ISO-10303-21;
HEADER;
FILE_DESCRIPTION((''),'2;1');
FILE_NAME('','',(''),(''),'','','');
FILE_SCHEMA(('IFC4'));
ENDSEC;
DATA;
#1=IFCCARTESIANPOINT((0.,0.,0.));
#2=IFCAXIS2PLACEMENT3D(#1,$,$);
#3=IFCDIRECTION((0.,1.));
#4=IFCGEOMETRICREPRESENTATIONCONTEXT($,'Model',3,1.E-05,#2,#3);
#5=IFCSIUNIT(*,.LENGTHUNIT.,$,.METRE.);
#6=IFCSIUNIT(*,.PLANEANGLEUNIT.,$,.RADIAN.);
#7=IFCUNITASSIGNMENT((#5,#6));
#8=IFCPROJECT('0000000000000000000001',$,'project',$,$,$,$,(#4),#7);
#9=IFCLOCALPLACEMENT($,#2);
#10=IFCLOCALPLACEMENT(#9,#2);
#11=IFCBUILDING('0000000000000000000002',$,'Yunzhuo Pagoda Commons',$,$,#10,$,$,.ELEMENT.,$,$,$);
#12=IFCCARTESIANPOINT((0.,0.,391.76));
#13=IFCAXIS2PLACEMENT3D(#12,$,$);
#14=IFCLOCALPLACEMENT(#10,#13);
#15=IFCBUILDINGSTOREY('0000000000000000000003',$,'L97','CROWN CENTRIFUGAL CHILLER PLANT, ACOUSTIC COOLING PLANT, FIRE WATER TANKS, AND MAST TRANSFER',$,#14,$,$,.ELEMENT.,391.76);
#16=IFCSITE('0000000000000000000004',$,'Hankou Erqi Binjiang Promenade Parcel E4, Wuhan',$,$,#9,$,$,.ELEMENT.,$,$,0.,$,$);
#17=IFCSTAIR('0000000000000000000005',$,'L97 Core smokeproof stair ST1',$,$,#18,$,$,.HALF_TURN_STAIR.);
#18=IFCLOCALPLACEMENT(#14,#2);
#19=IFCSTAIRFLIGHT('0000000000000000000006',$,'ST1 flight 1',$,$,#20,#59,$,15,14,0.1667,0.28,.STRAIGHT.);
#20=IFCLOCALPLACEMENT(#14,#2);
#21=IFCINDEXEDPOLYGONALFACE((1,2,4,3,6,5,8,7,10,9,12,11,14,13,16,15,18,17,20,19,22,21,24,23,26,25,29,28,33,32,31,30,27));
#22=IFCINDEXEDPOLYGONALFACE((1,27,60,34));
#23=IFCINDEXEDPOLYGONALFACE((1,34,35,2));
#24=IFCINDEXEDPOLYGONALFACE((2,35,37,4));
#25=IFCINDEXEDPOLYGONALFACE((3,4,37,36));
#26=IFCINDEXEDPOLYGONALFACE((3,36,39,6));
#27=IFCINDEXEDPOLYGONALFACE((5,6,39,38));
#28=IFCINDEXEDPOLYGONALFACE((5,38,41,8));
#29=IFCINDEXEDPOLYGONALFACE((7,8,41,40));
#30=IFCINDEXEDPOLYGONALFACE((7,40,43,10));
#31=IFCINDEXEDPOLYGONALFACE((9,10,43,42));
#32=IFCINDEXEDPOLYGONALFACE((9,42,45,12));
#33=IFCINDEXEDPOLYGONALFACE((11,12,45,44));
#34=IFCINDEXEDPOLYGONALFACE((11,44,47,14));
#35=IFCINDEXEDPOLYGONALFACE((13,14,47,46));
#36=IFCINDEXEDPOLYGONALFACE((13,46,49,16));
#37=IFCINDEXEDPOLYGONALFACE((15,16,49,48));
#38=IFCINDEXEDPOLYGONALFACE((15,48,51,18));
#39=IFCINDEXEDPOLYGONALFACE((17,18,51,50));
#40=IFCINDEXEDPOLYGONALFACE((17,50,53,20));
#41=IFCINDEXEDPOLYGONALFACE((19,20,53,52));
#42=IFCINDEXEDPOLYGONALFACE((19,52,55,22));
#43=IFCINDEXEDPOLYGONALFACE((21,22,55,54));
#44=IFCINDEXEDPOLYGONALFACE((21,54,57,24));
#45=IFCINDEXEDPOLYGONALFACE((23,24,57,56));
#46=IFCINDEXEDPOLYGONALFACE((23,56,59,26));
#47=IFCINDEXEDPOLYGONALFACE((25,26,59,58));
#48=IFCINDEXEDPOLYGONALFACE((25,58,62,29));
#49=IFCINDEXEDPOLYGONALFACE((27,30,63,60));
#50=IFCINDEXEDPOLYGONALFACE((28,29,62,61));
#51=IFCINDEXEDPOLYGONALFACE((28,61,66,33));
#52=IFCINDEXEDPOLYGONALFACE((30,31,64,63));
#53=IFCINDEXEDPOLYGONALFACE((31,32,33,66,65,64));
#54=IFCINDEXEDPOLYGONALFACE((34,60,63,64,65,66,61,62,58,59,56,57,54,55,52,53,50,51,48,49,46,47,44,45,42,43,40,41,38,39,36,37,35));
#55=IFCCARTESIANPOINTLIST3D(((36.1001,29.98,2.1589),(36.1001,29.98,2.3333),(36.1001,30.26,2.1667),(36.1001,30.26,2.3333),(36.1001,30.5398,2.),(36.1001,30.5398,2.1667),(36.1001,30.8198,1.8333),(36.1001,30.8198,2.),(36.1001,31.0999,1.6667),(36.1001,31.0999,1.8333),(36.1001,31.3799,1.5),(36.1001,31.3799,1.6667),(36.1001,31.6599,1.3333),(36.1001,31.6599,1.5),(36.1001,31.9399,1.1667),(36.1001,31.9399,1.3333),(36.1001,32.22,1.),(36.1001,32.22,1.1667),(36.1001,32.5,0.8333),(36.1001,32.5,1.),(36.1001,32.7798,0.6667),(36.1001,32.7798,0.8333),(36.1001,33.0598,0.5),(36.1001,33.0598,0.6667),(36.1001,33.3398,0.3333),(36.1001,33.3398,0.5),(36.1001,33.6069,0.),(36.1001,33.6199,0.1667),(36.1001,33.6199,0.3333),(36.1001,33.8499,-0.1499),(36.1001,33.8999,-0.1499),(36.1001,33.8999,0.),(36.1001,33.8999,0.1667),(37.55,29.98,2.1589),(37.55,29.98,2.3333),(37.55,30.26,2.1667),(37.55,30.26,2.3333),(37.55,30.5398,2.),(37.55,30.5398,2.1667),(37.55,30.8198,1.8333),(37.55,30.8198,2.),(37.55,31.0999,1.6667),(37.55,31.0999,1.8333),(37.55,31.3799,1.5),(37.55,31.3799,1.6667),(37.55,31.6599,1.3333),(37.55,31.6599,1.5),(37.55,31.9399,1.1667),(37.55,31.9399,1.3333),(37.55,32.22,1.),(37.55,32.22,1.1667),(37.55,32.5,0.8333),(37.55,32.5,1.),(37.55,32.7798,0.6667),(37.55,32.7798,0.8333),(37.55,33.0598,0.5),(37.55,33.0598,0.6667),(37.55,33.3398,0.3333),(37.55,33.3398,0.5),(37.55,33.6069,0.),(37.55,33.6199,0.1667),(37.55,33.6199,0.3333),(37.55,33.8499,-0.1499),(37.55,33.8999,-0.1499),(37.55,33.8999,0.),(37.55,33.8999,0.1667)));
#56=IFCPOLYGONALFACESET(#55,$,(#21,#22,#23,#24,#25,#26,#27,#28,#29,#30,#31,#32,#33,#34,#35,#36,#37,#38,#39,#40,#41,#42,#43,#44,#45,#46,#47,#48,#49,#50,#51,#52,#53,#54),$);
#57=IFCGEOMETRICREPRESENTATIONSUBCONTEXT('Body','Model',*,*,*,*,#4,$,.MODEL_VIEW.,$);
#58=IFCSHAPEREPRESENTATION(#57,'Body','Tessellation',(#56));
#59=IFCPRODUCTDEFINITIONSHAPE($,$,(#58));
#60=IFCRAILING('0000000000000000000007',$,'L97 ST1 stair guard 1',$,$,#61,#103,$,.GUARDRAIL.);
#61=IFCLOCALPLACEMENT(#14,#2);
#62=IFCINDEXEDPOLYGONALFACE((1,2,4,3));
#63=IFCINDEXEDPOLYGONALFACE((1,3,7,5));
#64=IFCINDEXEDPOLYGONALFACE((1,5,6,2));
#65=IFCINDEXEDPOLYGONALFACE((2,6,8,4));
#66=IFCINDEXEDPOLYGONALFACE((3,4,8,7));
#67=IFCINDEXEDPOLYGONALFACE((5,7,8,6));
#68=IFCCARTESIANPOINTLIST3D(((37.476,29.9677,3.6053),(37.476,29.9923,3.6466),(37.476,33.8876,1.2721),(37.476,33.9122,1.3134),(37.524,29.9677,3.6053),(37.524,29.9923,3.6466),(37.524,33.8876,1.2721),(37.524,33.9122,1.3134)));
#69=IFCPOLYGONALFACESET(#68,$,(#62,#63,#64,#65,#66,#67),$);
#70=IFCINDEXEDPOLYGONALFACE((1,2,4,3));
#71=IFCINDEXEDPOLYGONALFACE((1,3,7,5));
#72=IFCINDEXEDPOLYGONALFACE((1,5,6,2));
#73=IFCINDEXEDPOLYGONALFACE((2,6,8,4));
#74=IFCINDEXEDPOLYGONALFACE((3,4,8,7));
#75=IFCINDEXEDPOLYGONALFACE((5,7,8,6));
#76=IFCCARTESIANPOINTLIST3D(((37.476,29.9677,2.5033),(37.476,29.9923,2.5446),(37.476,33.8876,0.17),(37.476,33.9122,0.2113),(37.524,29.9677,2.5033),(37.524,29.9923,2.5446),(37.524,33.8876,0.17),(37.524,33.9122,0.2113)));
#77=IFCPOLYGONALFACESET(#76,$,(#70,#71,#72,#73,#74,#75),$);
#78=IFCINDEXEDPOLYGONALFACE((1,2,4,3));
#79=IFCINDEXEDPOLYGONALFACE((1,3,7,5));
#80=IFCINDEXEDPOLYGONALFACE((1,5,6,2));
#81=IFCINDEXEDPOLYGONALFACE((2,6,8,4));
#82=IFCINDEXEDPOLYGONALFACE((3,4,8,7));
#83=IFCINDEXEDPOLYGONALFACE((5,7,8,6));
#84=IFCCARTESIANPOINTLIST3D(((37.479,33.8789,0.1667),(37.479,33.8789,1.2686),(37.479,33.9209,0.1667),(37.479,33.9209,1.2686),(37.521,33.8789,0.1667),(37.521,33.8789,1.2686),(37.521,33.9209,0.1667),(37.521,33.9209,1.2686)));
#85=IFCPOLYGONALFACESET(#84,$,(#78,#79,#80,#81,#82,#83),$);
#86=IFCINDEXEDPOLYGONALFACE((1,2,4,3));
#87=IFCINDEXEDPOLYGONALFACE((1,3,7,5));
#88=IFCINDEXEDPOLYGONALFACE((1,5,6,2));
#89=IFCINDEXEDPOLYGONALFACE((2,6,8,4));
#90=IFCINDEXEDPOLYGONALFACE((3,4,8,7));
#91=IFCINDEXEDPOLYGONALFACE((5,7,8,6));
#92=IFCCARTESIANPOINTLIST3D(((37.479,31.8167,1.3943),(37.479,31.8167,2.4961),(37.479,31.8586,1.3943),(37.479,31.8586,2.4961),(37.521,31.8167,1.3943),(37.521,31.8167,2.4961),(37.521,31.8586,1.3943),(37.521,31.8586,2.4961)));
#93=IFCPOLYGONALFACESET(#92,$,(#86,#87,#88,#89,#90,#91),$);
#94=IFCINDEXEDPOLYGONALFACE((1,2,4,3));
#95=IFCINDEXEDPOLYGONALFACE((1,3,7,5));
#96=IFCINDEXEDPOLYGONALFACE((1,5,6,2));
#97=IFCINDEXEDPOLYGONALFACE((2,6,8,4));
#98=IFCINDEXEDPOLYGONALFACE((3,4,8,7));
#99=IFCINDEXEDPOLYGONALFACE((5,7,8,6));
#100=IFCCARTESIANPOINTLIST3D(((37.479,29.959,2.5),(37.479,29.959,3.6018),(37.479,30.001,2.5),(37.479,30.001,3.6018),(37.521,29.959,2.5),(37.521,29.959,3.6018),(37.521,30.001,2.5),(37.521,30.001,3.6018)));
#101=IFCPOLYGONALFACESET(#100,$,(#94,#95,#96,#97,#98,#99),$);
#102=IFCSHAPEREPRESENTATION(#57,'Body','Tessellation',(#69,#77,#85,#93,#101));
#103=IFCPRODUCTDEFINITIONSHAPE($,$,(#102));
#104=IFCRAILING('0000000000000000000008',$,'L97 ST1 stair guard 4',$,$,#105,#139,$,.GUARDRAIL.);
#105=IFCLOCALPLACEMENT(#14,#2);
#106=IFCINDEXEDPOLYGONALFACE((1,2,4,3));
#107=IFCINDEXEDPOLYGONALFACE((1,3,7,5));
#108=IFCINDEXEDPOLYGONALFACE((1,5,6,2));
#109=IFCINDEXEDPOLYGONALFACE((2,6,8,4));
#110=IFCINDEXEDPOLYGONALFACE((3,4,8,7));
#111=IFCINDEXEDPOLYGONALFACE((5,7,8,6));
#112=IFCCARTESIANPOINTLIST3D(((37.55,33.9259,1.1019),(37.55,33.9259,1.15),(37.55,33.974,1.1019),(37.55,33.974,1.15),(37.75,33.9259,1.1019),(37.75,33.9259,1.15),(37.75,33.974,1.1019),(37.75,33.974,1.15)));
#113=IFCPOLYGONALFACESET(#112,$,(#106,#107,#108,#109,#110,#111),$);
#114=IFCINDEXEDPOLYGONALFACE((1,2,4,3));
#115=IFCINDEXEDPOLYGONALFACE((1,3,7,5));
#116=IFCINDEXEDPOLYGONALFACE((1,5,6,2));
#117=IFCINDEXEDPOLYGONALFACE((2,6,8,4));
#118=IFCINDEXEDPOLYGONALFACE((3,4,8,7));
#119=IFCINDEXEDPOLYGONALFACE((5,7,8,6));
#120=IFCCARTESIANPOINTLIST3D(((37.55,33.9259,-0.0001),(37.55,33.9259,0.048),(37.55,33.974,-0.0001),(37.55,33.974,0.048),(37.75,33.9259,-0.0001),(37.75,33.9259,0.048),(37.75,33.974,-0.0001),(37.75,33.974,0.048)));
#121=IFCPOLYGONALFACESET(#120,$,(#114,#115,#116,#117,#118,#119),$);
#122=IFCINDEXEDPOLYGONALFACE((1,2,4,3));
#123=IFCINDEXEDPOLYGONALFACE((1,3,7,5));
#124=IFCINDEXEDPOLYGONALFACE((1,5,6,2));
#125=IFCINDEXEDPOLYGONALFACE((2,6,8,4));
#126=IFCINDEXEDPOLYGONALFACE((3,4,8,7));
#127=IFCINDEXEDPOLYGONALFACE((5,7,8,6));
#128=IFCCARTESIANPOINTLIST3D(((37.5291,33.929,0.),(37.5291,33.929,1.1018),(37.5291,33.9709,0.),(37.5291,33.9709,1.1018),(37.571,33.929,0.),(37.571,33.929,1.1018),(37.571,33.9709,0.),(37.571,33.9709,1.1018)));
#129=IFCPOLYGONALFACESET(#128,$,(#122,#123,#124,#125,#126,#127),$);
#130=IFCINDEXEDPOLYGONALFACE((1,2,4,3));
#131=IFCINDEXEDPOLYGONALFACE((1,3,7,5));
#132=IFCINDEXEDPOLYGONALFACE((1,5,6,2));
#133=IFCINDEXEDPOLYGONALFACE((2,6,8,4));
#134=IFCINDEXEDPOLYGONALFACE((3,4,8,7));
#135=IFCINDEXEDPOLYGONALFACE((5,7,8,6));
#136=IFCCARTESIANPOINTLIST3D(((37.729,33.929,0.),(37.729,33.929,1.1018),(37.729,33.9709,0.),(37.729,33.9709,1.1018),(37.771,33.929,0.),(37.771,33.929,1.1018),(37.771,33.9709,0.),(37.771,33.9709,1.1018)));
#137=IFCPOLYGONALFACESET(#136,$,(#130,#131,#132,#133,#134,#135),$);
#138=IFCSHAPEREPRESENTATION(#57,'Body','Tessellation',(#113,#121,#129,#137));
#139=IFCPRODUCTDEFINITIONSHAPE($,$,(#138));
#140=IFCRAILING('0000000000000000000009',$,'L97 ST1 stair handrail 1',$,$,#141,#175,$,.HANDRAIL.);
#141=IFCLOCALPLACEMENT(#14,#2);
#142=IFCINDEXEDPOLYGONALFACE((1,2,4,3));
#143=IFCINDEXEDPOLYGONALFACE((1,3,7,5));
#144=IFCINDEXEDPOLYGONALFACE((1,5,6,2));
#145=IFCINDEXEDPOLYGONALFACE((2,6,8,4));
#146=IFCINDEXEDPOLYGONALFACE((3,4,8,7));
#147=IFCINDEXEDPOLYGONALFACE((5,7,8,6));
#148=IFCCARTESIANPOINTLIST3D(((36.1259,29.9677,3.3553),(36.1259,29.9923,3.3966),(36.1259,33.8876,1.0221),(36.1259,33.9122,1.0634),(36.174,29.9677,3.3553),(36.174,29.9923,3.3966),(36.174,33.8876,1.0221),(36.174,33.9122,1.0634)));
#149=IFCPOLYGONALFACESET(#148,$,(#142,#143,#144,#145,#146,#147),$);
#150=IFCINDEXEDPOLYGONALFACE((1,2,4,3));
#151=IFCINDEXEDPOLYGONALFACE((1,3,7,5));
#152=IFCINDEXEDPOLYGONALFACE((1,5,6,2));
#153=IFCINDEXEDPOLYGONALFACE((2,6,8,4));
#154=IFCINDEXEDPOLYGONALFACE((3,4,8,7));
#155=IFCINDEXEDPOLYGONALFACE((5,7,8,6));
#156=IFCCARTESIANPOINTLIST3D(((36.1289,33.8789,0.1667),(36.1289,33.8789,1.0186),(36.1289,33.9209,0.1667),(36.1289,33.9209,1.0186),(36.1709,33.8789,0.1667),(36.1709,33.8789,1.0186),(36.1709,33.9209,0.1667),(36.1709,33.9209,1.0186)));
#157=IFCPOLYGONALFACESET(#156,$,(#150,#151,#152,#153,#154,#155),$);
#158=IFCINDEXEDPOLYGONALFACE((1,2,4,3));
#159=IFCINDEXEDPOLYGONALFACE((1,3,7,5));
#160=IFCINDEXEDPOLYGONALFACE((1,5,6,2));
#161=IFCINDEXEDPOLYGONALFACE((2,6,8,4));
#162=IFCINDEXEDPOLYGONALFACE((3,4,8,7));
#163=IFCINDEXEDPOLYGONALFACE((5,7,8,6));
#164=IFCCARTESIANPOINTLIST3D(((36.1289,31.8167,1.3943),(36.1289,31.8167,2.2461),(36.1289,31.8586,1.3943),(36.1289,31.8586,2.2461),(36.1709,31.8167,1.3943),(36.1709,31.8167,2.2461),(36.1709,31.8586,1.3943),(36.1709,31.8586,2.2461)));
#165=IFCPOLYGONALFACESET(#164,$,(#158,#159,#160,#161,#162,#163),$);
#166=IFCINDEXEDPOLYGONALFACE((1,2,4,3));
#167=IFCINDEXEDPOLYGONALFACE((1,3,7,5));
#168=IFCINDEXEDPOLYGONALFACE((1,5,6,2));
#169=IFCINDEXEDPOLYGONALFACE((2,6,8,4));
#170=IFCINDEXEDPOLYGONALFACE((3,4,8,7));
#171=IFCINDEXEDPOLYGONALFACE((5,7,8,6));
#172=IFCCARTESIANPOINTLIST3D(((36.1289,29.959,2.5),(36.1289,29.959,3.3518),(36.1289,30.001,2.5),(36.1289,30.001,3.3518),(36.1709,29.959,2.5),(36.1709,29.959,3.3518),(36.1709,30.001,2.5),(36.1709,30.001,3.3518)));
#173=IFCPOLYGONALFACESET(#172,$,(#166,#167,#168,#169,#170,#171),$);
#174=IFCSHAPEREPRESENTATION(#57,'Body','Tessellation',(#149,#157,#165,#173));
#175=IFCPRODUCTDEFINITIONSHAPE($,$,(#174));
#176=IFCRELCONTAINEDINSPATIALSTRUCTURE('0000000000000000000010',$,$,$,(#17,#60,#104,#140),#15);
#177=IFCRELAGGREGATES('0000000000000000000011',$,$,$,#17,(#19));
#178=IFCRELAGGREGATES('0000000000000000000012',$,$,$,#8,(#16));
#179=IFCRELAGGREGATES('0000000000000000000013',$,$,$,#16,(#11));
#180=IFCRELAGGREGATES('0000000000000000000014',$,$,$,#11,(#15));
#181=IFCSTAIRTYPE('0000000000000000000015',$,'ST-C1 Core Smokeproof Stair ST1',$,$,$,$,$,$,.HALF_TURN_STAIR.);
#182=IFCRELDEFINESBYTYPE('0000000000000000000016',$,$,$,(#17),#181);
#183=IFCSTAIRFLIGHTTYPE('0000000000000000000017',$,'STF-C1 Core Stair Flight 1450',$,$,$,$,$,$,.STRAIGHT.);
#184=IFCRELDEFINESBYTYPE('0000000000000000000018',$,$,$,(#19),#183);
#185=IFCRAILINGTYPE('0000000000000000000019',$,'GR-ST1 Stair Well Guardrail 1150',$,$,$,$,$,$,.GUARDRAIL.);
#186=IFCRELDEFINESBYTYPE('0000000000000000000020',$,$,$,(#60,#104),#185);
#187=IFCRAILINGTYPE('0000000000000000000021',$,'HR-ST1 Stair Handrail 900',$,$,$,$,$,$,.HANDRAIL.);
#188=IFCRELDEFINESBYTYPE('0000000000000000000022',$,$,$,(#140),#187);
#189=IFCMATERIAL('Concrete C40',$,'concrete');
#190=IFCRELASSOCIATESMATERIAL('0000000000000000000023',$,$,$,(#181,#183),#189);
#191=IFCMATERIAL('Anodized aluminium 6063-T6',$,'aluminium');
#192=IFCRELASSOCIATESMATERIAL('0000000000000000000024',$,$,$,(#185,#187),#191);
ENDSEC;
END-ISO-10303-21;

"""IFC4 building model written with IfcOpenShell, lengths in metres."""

from ifc_helpers import new_model, si_unit, direction, frame, origin, origin_2d, place, context, subcontext, project, spatial, polyline, rectangle, outline, extrude, source, transform, mapped, material, type_object, element, aggregate, save


model = new_model("IFC4")

# Units and contexts
model_context = context("Model", 3, precision=1e-05, world=origin(), true_north=direction((0.0, 1.0)))
body_context = subcontext(model_context, "Body", "Model", "MODEL_VIEW")
ifc_project = project(units=[si_unit("LENGTHUNIT", "METRE"), si_unit("PLANEANGLEUNIT", "RADIAN")], contexts=[model_context])

# Site, building, storey
site_placement = place(None, origin())
site = spatial("IfcSite", under=ifc_project, at=site_placement, Name="Hankou Erqi Binjiang Promenade Parcel E4, Wuhan", CompositionType="ELEMENT", RefElevation=0.0)
building_placement = place(site_placement, origin())
building = spatial("IfcBuilding", under=site, at=building_placement, Name="Yunzhuo Pagoda Commons", CompositionType="ELEMENT")
storey_placement = place(building_placement, frame((0.0, 0.0, 391.76)))
storey = spatial("IfcBuildingStorey", under=building, at=storey_placement, Name="L97", Description="CROWN CENTRIFUGAL CHILLER PLANT, ACOUSTIC COOLING PLANT, FIRE WATER TANKS, AND MAST TRANSFER", CompositionType="ELEMENT", Elevation=391.76)

# Shared definitions
ifc_material_1 = material(Name="Concrete C40", Category="concrete")

# Stair, stair flight
stair_type = type_object("IfcStairType", Name="ST-C1 Core Smokeproof Stair ST1", PredefinedType="HALF_TURN_STAIR", material=ifc_material_1)
stair_placement = place(storey_placement, origin())
stair = element("IfcStair", 1, at=stair_placement, inside=storey, type_object=stair_type, Name="L97 Core smokeproof stair ST1", PredefinedType="HALF_TURN_STAIR")
stair_flight_type = type_object("IfcStairFlightType", Name="STF-C1 Core Stair Flight 1450", PredefinedType="STRAIGHT", material=ifc_material_1)
shared_shape_1 = source(origin(), body_context, "Body", "SweptSolid", [
    extrude(outline(polyline([(0.0, -0.1499), (0.0, 0.0), (0.0, 0.1667), (0.28, 0.1667), (0.28, 0.3333), (0.5601, 0.3333), (0.5601, 0.5), (0.8401, 0.5), (0.8401, 0.6667), (1.1201, 0.6667), (1.1201, 0.8333), (1.3999, 0.8333), (1.3999, 1.0), (1.6799, 1.0), (1.6799, 1.1667), (1.96, 1.1667), (1.96, 1.3333), (2.24, 1.3333), (2.24, 1.5), (2.52, 1.5), (2.52, 1.6667), (2.8, 1.6667), (2.8, 1.8333), (3.0801, 1.8333), (3.0801, 2.0), (3.3601, 2.0), (3.3601, 2.1667), (3.6399, 2.1667), (3.6399, 2.3333), (3.9199, 2.3333), (3.9199, 2.5), (3.9199, 2.1589), (0.293, 0.0), (0.05, -0.1499), (0.0, -0.1499)])), frame((0.0, 0.7251, 0.0), z_axis=(0.0, -1.0, 0.0), x_axis=(1.0, 0.0, 0.0)), (0.0, 0.0, 1.0), 1.45),
])
stair_flight_placement = place(storey_placement, frame((36.825, 33.8999, 0.0), z_axis=(0.0, 0.0, 1.0), x_axis=(0.0, -1.0, 0.0)))
stair_flight = element("IfcStairFlight", 2, at=stair_flight_placement, type_object=stair_flight_type, Name="ST1 flight 1", NumberOfRisers=15, NumberOfTreads=14, PredefinedType="STRAIGHT", RiserHeight=0.1667, TreadLength=0.28, context=body_context, shape_type="MappedRepresentation", body=[
    mapped(shared_shape_1, transform((0.0, 0.0, 0.0), scale=1.0)),
])
aggregate(stair, [stair_flight])

# Railings
ifc_material_2 = material(Name="Anodized aluminium 6063-T6", Category="aluminium")
railing_type_1 = type_object("IfcRailingType", Name="GR-ST1 Stair Well Guardrail 1150", PredefinedType="GUARDRAIL", material=ifc_material_2)
railing_1_placement = place(storey_placement, frame((37.5, 33.8999, 0.1667)))
element("IfcRailing", 3, at=railing_1_placement, inside=storey, type_object=railing_type_1, Name="L97 ST1 stair guard 1", PredefinedType="GUARDRAIL", context=body_context, shape_type="SweptSolid", body=[
    extrude(rectangle(XDim=0.0481, YDim=0.0481, at=origin_2d()), frame((0.0, 0.0, 1.126), z_axis=(0.0, -0.859296, 0.511478), x_axis=(1.0, 0.0, 0.0)), (0.0, 0.0, 1.0), 4.5618),
    extrude(rectangle(XDim=0.0481, YDim=0.0481, at=origin_2d()), frame((0.0, 0.0, 0.0239), z_axis=(0.0, -0.859296, 0.511478), x_axis=(1.0, 0.0, 0.0)), (0.0, 0.0, 1.0), 4.5618),
    extrude(rectangle(XDim=0.042, YDim=0.042, at=origin_2d()), origin(), (0.0, 0.0, 1.0), 1.1018),
    extrude(rectangle(XDim=0.042, YDim=0.042, at=origin_2d()), frame((0.0, -2.0623, 1.2275)), (0.0, 0.0, 1.0), 1.1018),
    extrude(rectangle(XDim=0.042, YDim=0.042, at=origin_2d()), frame((0.0, -3.9199, 2.3333)), (0.0, 0.0, 1.0), 1.1018),
])
railing_2_placement = place(storey_placement, frame((37.55, 33.95, 0.0)))
element("IfcRailing", 4, at=railing_2_placement, inside=storey, type_object=railing_type_1, Name="L97 ST1 stair guard 4", PredefinedType="GUARDRAIL", context=body_context, shape_type="SweptSolid", body=[
    extrude(rectangle(XDim=0.0481, YDim=0.0481, at=origin_2d()), frame((0.0, 0.0, 1.126), z_axis=(1.0, 0.0, 0.0), x_axis=(0.0, 1.0, 0.0)), (0.0, 0.0, 1.0), 0.2),
    extrude(rectangle(XDim=0.0481, YDim=0.0481, at=origin_2d()), frame((0.0, 0.0, 0.0239), z_axis=(1.0, 0.0, 0.0), x_axis=(0.0, 1.0, 0.0)), (0.0, 0.0, 1.0), 0.2),
    extrude(rectangle(XDim=0.042, YDim=0.042, at=origin_2d()), origin(), (0.0, 0.0, 1.0), 1.1018),
    extrude(rectangle(XDim=0.042, YDim=0.042, at=origin_2d()), frame((0.2, 0.0, 0.0)), (0.0, 0.0, 1.0), 1.1018),
])
railing_type_2 = type_object("IfcRailingType", Name="HR-ST1 Stair Handrail 900", PredefinedType="HANDRAIL", material=ifc_material_2)
railing_3_placement = place(storey_placement, frame((36.1499, 33.8999, 0.1667)))
element("IfcRailing", 5, at=railing_3_placement, inside=storey, type_object=railing_type_2, Name="L97 ST1 stair handrail 1", PredefinedType="HANDRAIL", context=body_context, shape_type="SweptSolid", body=[
    extrude(rectangle(XDim=0.0481, YDim=0.0481, at=origin_2d()), frame((0.0, 0.0, 0.876), z_axis=(0.0, -0.859296, 0.511478), x_axis=(1.0, 0.0, 0.0)), (0.0, 0.0, 1.0), 4.5618),
    extrude(rectangle(XDim=0.042, YDim=0.042, at=origin_2d()), origin(), (0.0, 0.0, 1.0), 0.8518),
    extrude(rectangle(XDim=0.042, YDim=0.042, at=origin_2d()), frame((0.0, -2.0623, 1.2275)), (0.0, 0.0, 1.0), 0.8518),
    extrude(rectangle(XDim=0.042, YDim=0.042, at=origin_2d()), frame((0.0, -3.9199, 2.3333)), (0.0, 0.0, 1.0), 0.8518),
])

save(model, "model.ifc")
